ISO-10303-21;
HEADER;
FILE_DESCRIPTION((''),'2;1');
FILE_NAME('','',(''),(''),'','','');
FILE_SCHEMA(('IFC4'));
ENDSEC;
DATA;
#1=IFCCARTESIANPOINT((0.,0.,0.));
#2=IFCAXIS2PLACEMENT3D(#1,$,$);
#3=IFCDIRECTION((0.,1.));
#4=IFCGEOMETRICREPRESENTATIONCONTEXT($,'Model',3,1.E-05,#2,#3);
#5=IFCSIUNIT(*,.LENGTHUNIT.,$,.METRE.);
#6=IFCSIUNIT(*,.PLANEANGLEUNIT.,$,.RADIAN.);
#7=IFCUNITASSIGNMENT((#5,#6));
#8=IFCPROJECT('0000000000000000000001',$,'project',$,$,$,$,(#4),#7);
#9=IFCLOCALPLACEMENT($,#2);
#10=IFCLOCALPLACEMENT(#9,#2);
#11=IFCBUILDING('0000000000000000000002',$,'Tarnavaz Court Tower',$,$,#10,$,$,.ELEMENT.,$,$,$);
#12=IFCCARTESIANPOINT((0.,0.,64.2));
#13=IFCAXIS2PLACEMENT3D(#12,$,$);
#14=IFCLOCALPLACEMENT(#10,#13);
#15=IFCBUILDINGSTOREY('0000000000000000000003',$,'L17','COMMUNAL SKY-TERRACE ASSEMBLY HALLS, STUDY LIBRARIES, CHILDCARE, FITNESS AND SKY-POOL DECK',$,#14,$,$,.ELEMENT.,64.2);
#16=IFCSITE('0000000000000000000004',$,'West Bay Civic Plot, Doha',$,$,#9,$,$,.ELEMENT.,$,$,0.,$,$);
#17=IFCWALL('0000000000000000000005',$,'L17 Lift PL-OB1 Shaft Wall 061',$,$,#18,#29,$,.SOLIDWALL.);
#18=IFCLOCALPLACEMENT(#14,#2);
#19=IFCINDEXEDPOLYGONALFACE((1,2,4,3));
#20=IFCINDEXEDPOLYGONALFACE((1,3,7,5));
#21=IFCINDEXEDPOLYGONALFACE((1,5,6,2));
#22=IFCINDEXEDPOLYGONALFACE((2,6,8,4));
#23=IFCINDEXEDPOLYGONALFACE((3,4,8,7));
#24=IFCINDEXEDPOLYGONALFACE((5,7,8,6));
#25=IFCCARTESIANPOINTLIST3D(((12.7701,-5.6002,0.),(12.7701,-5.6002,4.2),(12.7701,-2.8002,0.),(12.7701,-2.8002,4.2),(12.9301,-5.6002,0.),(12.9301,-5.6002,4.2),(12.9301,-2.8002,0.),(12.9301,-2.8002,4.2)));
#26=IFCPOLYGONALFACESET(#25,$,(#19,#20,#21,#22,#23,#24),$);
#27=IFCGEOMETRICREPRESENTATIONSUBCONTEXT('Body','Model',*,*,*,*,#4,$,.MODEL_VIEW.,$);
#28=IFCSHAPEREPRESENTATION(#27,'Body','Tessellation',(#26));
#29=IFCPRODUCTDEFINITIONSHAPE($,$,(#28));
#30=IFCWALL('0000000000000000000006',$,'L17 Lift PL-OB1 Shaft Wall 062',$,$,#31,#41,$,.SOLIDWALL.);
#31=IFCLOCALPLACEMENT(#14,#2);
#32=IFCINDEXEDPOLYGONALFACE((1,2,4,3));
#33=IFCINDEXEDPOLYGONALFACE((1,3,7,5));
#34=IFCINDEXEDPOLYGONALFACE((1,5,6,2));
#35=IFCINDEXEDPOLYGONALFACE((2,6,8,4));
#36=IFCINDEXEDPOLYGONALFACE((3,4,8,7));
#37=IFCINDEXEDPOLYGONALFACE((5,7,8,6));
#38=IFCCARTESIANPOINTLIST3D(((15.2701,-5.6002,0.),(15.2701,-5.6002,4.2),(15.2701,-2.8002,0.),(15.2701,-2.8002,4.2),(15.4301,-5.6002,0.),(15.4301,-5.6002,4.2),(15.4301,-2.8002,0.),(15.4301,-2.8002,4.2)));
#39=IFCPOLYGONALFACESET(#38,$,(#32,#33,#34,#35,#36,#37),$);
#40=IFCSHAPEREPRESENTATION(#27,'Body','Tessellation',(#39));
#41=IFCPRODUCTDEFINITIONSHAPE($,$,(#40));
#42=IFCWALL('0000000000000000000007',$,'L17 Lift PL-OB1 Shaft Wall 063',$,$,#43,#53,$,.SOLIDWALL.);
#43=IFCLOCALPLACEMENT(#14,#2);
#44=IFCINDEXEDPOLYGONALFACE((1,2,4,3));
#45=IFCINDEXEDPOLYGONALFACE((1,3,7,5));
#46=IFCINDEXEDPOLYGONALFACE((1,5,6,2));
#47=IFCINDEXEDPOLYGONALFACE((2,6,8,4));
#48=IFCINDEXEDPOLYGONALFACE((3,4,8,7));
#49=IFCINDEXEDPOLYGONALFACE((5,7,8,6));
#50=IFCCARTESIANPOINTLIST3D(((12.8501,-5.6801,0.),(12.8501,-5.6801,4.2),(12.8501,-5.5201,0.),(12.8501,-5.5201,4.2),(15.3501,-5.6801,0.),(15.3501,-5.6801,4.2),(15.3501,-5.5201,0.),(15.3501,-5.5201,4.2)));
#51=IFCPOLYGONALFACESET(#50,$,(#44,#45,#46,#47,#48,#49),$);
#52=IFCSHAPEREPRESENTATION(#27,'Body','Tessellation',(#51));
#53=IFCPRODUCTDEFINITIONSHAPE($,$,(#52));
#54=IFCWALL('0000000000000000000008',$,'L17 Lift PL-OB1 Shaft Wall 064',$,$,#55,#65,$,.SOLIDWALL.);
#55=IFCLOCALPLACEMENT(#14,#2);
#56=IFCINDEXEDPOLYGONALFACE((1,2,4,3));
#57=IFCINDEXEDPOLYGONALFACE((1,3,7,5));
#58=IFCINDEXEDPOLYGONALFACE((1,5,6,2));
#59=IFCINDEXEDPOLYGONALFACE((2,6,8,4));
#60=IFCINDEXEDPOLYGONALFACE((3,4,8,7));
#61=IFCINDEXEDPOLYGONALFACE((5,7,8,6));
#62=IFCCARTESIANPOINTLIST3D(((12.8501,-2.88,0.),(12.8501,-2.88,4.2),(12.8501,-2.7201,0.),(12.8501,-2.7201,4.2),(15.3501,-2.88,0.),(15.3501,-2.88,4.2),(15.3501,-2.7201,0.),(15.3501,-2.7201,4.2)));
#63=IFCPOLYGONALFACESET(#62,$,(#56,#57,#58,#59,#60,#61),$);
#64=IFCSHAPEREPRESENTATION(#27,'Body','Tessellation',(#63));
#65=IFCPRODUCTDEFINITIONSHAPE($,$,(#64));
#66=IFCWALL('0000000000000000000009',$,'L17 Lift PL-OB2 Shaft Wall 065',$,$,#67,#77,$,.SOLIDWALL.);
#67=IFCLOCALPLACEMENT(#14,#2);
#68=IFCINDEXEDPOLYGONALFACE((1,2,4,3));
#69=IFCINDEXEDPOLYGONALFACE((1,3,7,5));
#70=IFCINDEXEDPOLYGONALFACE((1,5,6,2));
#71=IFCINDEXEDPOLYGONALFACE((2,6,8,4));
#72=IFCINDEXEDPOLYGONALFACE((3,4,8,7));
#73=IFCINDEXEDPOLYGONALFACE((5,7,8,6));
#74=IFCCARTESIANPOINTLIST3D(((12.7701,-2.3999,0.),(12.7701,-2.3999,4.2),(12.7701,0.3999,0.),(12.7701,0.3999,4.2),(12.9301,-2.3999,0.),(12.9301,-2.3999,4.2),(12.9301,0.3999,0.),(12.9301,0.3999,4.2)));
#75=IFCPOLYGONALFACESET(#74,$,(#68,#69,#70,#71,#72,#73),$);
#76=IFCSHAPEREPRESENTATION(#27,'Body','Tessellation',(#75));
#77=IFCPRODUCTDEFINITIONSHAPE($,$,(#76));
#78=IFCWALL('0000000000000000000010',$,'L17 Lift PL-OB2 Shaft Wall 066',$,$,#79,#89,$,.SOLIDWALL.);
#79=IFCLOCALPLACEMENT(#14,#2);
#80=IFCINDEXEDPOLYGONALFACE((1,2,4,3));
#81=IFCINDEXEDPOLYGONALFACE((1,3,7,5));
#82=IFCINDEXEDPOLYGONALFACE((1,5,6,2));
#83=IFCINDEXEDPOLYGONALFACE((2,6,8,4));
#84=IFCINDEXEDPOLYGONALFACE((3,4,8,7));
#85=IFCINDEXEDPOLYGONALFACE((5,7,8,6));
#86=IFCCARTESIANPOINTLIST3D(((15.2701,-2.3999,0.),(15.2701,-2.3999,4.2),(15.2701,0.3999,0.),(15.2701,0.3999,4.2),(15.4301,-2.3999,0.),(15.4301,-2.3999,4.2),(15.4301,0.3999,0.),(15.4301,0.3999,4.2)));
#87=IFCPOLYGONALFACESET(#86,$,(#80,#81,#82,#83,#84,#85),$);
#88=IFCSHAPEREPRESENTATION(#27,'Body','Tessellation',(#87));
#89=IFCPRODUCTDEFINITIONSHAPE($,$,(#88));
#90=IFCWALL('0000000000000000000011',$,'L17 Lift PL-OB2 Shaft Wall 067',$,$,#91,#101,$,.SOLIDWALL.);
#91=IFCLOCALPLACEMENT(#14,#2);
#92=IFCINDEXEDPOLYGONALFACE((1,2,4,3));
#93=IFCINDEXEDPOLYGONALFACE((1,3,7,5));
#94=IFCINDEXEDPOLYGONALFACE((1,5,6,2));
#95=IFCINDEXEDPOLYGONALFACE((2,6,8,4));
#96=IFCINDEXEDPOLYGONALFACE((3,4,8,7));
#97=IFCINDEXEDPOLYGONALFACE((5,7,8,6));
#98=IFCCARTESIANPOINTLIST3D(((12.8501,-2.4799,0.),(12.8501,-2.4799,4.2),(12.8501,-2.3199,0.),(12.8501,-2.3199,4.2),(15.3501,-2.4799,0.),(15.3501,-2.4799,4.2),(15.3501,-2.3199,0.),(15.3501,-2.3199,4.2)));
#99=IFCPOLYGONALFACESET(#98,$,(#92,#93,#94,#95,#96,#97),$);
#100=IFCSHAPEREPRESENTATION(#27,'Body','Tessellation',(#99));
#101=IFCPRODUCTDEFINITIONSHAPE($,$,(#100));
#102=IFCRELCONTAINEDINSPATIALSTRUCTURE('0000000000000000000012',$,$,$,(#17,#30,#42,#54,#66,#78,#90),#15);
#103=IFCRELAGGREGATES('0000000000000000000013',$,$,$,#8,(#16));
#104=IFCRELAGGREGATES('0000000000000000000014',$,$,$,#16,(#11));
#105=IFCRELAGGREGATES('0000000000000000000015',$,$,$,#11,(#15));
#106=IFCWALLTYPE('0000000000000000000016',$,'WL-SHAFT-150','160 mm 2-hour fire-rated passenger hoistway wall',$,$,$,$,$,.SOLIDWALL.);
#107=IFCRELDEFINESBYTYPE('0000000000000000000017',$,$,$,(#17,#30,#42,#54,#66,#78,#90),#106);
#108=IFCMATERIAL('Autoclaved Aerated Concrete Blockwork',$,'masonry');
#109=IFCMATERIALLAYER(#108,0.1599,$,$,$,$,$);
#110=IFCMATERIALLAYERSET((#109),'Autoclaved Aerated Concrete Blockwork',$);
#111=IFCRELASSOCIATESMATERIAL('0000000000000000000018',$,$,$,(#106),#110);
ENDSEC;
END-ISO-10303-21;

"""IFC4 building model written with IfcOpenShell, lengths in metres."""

from ifc_helpers import new_model, si_unit, direction, frame, frame_2d, origin, place, context, subcontext, project, spatial, rectangle, extrude, material, layer, layer_set, type_object, element, save


model = new_model("IFC4")

# Units and contexts
model_context = context("Model", 3, precision=1e-05, world=origin(), true_north=direction((0.0, 1.0)))
body_context = subcontext(model_context, "Body", "Model", "MODEL_VIEW")
ifc_project = project(units=[si_unit("LENGTHUNIT", "METRE"), si_unit("PLANEANGLEUNIT", "RADIAN")], contexts=[model_context])

# Site, building, storey
site_placement = place(None, origin())
site = spatial("IfcSite", under=ifc_project, at=site_placement, Name="West Bay Civic Plot, Doha", CompositionType="ELEMENT", RefElevation=0.0)
building_placement = place(site_placement, origin())
building = spatial("IfcBuilding", under=site, at=building_placement, Name="Tarnavaz Court Tower", CompositionType="ELEMENT")
storey_placement = place(building_placement, frame((0.0, 0.0, 64.2)))
storey = spatial("IfcBuildingStorey", under=building, at=storey_placement, Name="L17", Description="COMMUNAL SKY-TERRACE ASSEMBLY HALLS, STUDY LIBRARIES, CHILDCARE, FITNESS AND SKY-POOL DECK", CompositionType="ELEMENT", Elevation=64.2)

# Walls
ifc_material_1 = material(Name="Autoclaved Aerated Concrete Blockwork", Category="masonry")
ifc_layer_1 = layer(ifc_material_1, 0.1599)
ifc_layer_set_1 = layer_set([ifc_layer_1], Name="Autoclaved Aerated Concrete Blockwork")
wall_type_1 = type_object("IfcWallType", Name="WL-SHAFT-150", Description="160 mm 2-hour fire-rated passenger hoistway wall", PredefinedType="SOLIDWALL", material=ifc_layer_set_1)
for number, where, z_axis, x_axis, name in (
    (1, (12.8501, -5.6001, 0.0), (0.0, 0.0, 1.0), (0.0, 1.0, 0.0), "L17 Lift PL-OB1 Shaft Wall 061"),
    (2, (15.3501, -5.6001, 0.0), (0.0, 0.0, 1.0), (0.0, 1.0, 0.0), "L17 Lift PL-OB1 Shaft Wall 062"),
):
    element("IfcWall", number, at=place(storey_placement, frame(where, z_axis=z_axis, x_axis=x_axis)), inside=storey, type_object=wall_type_1, Name=name, PredefinedType="SOLIDWALL", context=body_context, shape_type="SweptSolid", body=[
        extrude(rectangle(XDim=2.8, YDim=0.1599, at=frame_2d((1.3999, 0.0))), origin(), (0.0, 0.0, 1.0), 4.2),
    ])
for number, where, z_axis, x_axis, name in (
    (3, (12.8501, -5.6001, 0.0), (0.0, 0.0, 1.0), (1.0, 0.0, 0.0), "L17 Lift PL-OB1 Shaft Wall 063"),
    (4, (12.8501, -2.8, 0.0), (0.0, 0.0, 1.0), (1.0, 0.0, 0.0), "L17 Lift PL-OB1 Shaft Wall 064"),
):
    element("IfcWall", number, at=place(storey_placement, frame(where, z_axis=z_axis, x_axis=x_axis)), inside=storey, type_object=wall_type_1, Name=name, PredefinedType="SOLIDWALL", context=body_context, shape_type="SweptSolid", body=[
        extrude(rectangle(XDim=2.5, YDim=0.1599, at=frame_2d((1.25, 0.0))), origin(), (0.0, 0.0, 1.0), 4.2),
    ])
for number, where, z_axis, x_axis, name in (
    (5, (12.8501, -2.3999, 0.0), (0.0, 0.0, 1.0), (0.0, 1.0, 0.0), "L17 Lift PL-OB2 Shaft Wall 065"),
    (6, (15.3501, -2.3999, 0.0), (0.0, 0.0, 1.0), (0.0, 1.0, 0.0), "L17 Lift PL-OB2 Shaft Wall 066"),
):
    element("IfcWall", number, at=place(storey_placement, frame(where, z_axis=z_axis, x_axis=x_axis)), inside=storey, type_object=wall_type_1, Name=name, PredefinedType="SOLIDWALL", context=body_context, shape_type="SweptSolid", body=[
        extrude(rectangle(XDim=2.7998, YDim=0.1599, at=frame_2d((1.3999, 0.0))), origin(), (0.0, 0.0, 1.0), 4.2),
    ])
wall_1_placement = place(storey_placement, frame((12.8501, -2.3999, 0.0), z_axis=(0.0, 0.0, 1.0), x_axis=(1.0, 0.0, 0.0)))
element("IfcWall", 7, at=wall_1_placement, inside=storey, type_object=wall_type_1, Name="L17 Lift PL-OB2 Shaft Wall 067", PredefinedType="SOLIDWALL", context=body_context, shape_type="SweptSolid", body=[
    extrude(rectangle(XDim=2.5, YDim=0.1599, at=frame_2d((1.25, 0.0))), origin(), (0.0, 0.0, 1.0), 4.2),
])

save(model, "model.ifc")
